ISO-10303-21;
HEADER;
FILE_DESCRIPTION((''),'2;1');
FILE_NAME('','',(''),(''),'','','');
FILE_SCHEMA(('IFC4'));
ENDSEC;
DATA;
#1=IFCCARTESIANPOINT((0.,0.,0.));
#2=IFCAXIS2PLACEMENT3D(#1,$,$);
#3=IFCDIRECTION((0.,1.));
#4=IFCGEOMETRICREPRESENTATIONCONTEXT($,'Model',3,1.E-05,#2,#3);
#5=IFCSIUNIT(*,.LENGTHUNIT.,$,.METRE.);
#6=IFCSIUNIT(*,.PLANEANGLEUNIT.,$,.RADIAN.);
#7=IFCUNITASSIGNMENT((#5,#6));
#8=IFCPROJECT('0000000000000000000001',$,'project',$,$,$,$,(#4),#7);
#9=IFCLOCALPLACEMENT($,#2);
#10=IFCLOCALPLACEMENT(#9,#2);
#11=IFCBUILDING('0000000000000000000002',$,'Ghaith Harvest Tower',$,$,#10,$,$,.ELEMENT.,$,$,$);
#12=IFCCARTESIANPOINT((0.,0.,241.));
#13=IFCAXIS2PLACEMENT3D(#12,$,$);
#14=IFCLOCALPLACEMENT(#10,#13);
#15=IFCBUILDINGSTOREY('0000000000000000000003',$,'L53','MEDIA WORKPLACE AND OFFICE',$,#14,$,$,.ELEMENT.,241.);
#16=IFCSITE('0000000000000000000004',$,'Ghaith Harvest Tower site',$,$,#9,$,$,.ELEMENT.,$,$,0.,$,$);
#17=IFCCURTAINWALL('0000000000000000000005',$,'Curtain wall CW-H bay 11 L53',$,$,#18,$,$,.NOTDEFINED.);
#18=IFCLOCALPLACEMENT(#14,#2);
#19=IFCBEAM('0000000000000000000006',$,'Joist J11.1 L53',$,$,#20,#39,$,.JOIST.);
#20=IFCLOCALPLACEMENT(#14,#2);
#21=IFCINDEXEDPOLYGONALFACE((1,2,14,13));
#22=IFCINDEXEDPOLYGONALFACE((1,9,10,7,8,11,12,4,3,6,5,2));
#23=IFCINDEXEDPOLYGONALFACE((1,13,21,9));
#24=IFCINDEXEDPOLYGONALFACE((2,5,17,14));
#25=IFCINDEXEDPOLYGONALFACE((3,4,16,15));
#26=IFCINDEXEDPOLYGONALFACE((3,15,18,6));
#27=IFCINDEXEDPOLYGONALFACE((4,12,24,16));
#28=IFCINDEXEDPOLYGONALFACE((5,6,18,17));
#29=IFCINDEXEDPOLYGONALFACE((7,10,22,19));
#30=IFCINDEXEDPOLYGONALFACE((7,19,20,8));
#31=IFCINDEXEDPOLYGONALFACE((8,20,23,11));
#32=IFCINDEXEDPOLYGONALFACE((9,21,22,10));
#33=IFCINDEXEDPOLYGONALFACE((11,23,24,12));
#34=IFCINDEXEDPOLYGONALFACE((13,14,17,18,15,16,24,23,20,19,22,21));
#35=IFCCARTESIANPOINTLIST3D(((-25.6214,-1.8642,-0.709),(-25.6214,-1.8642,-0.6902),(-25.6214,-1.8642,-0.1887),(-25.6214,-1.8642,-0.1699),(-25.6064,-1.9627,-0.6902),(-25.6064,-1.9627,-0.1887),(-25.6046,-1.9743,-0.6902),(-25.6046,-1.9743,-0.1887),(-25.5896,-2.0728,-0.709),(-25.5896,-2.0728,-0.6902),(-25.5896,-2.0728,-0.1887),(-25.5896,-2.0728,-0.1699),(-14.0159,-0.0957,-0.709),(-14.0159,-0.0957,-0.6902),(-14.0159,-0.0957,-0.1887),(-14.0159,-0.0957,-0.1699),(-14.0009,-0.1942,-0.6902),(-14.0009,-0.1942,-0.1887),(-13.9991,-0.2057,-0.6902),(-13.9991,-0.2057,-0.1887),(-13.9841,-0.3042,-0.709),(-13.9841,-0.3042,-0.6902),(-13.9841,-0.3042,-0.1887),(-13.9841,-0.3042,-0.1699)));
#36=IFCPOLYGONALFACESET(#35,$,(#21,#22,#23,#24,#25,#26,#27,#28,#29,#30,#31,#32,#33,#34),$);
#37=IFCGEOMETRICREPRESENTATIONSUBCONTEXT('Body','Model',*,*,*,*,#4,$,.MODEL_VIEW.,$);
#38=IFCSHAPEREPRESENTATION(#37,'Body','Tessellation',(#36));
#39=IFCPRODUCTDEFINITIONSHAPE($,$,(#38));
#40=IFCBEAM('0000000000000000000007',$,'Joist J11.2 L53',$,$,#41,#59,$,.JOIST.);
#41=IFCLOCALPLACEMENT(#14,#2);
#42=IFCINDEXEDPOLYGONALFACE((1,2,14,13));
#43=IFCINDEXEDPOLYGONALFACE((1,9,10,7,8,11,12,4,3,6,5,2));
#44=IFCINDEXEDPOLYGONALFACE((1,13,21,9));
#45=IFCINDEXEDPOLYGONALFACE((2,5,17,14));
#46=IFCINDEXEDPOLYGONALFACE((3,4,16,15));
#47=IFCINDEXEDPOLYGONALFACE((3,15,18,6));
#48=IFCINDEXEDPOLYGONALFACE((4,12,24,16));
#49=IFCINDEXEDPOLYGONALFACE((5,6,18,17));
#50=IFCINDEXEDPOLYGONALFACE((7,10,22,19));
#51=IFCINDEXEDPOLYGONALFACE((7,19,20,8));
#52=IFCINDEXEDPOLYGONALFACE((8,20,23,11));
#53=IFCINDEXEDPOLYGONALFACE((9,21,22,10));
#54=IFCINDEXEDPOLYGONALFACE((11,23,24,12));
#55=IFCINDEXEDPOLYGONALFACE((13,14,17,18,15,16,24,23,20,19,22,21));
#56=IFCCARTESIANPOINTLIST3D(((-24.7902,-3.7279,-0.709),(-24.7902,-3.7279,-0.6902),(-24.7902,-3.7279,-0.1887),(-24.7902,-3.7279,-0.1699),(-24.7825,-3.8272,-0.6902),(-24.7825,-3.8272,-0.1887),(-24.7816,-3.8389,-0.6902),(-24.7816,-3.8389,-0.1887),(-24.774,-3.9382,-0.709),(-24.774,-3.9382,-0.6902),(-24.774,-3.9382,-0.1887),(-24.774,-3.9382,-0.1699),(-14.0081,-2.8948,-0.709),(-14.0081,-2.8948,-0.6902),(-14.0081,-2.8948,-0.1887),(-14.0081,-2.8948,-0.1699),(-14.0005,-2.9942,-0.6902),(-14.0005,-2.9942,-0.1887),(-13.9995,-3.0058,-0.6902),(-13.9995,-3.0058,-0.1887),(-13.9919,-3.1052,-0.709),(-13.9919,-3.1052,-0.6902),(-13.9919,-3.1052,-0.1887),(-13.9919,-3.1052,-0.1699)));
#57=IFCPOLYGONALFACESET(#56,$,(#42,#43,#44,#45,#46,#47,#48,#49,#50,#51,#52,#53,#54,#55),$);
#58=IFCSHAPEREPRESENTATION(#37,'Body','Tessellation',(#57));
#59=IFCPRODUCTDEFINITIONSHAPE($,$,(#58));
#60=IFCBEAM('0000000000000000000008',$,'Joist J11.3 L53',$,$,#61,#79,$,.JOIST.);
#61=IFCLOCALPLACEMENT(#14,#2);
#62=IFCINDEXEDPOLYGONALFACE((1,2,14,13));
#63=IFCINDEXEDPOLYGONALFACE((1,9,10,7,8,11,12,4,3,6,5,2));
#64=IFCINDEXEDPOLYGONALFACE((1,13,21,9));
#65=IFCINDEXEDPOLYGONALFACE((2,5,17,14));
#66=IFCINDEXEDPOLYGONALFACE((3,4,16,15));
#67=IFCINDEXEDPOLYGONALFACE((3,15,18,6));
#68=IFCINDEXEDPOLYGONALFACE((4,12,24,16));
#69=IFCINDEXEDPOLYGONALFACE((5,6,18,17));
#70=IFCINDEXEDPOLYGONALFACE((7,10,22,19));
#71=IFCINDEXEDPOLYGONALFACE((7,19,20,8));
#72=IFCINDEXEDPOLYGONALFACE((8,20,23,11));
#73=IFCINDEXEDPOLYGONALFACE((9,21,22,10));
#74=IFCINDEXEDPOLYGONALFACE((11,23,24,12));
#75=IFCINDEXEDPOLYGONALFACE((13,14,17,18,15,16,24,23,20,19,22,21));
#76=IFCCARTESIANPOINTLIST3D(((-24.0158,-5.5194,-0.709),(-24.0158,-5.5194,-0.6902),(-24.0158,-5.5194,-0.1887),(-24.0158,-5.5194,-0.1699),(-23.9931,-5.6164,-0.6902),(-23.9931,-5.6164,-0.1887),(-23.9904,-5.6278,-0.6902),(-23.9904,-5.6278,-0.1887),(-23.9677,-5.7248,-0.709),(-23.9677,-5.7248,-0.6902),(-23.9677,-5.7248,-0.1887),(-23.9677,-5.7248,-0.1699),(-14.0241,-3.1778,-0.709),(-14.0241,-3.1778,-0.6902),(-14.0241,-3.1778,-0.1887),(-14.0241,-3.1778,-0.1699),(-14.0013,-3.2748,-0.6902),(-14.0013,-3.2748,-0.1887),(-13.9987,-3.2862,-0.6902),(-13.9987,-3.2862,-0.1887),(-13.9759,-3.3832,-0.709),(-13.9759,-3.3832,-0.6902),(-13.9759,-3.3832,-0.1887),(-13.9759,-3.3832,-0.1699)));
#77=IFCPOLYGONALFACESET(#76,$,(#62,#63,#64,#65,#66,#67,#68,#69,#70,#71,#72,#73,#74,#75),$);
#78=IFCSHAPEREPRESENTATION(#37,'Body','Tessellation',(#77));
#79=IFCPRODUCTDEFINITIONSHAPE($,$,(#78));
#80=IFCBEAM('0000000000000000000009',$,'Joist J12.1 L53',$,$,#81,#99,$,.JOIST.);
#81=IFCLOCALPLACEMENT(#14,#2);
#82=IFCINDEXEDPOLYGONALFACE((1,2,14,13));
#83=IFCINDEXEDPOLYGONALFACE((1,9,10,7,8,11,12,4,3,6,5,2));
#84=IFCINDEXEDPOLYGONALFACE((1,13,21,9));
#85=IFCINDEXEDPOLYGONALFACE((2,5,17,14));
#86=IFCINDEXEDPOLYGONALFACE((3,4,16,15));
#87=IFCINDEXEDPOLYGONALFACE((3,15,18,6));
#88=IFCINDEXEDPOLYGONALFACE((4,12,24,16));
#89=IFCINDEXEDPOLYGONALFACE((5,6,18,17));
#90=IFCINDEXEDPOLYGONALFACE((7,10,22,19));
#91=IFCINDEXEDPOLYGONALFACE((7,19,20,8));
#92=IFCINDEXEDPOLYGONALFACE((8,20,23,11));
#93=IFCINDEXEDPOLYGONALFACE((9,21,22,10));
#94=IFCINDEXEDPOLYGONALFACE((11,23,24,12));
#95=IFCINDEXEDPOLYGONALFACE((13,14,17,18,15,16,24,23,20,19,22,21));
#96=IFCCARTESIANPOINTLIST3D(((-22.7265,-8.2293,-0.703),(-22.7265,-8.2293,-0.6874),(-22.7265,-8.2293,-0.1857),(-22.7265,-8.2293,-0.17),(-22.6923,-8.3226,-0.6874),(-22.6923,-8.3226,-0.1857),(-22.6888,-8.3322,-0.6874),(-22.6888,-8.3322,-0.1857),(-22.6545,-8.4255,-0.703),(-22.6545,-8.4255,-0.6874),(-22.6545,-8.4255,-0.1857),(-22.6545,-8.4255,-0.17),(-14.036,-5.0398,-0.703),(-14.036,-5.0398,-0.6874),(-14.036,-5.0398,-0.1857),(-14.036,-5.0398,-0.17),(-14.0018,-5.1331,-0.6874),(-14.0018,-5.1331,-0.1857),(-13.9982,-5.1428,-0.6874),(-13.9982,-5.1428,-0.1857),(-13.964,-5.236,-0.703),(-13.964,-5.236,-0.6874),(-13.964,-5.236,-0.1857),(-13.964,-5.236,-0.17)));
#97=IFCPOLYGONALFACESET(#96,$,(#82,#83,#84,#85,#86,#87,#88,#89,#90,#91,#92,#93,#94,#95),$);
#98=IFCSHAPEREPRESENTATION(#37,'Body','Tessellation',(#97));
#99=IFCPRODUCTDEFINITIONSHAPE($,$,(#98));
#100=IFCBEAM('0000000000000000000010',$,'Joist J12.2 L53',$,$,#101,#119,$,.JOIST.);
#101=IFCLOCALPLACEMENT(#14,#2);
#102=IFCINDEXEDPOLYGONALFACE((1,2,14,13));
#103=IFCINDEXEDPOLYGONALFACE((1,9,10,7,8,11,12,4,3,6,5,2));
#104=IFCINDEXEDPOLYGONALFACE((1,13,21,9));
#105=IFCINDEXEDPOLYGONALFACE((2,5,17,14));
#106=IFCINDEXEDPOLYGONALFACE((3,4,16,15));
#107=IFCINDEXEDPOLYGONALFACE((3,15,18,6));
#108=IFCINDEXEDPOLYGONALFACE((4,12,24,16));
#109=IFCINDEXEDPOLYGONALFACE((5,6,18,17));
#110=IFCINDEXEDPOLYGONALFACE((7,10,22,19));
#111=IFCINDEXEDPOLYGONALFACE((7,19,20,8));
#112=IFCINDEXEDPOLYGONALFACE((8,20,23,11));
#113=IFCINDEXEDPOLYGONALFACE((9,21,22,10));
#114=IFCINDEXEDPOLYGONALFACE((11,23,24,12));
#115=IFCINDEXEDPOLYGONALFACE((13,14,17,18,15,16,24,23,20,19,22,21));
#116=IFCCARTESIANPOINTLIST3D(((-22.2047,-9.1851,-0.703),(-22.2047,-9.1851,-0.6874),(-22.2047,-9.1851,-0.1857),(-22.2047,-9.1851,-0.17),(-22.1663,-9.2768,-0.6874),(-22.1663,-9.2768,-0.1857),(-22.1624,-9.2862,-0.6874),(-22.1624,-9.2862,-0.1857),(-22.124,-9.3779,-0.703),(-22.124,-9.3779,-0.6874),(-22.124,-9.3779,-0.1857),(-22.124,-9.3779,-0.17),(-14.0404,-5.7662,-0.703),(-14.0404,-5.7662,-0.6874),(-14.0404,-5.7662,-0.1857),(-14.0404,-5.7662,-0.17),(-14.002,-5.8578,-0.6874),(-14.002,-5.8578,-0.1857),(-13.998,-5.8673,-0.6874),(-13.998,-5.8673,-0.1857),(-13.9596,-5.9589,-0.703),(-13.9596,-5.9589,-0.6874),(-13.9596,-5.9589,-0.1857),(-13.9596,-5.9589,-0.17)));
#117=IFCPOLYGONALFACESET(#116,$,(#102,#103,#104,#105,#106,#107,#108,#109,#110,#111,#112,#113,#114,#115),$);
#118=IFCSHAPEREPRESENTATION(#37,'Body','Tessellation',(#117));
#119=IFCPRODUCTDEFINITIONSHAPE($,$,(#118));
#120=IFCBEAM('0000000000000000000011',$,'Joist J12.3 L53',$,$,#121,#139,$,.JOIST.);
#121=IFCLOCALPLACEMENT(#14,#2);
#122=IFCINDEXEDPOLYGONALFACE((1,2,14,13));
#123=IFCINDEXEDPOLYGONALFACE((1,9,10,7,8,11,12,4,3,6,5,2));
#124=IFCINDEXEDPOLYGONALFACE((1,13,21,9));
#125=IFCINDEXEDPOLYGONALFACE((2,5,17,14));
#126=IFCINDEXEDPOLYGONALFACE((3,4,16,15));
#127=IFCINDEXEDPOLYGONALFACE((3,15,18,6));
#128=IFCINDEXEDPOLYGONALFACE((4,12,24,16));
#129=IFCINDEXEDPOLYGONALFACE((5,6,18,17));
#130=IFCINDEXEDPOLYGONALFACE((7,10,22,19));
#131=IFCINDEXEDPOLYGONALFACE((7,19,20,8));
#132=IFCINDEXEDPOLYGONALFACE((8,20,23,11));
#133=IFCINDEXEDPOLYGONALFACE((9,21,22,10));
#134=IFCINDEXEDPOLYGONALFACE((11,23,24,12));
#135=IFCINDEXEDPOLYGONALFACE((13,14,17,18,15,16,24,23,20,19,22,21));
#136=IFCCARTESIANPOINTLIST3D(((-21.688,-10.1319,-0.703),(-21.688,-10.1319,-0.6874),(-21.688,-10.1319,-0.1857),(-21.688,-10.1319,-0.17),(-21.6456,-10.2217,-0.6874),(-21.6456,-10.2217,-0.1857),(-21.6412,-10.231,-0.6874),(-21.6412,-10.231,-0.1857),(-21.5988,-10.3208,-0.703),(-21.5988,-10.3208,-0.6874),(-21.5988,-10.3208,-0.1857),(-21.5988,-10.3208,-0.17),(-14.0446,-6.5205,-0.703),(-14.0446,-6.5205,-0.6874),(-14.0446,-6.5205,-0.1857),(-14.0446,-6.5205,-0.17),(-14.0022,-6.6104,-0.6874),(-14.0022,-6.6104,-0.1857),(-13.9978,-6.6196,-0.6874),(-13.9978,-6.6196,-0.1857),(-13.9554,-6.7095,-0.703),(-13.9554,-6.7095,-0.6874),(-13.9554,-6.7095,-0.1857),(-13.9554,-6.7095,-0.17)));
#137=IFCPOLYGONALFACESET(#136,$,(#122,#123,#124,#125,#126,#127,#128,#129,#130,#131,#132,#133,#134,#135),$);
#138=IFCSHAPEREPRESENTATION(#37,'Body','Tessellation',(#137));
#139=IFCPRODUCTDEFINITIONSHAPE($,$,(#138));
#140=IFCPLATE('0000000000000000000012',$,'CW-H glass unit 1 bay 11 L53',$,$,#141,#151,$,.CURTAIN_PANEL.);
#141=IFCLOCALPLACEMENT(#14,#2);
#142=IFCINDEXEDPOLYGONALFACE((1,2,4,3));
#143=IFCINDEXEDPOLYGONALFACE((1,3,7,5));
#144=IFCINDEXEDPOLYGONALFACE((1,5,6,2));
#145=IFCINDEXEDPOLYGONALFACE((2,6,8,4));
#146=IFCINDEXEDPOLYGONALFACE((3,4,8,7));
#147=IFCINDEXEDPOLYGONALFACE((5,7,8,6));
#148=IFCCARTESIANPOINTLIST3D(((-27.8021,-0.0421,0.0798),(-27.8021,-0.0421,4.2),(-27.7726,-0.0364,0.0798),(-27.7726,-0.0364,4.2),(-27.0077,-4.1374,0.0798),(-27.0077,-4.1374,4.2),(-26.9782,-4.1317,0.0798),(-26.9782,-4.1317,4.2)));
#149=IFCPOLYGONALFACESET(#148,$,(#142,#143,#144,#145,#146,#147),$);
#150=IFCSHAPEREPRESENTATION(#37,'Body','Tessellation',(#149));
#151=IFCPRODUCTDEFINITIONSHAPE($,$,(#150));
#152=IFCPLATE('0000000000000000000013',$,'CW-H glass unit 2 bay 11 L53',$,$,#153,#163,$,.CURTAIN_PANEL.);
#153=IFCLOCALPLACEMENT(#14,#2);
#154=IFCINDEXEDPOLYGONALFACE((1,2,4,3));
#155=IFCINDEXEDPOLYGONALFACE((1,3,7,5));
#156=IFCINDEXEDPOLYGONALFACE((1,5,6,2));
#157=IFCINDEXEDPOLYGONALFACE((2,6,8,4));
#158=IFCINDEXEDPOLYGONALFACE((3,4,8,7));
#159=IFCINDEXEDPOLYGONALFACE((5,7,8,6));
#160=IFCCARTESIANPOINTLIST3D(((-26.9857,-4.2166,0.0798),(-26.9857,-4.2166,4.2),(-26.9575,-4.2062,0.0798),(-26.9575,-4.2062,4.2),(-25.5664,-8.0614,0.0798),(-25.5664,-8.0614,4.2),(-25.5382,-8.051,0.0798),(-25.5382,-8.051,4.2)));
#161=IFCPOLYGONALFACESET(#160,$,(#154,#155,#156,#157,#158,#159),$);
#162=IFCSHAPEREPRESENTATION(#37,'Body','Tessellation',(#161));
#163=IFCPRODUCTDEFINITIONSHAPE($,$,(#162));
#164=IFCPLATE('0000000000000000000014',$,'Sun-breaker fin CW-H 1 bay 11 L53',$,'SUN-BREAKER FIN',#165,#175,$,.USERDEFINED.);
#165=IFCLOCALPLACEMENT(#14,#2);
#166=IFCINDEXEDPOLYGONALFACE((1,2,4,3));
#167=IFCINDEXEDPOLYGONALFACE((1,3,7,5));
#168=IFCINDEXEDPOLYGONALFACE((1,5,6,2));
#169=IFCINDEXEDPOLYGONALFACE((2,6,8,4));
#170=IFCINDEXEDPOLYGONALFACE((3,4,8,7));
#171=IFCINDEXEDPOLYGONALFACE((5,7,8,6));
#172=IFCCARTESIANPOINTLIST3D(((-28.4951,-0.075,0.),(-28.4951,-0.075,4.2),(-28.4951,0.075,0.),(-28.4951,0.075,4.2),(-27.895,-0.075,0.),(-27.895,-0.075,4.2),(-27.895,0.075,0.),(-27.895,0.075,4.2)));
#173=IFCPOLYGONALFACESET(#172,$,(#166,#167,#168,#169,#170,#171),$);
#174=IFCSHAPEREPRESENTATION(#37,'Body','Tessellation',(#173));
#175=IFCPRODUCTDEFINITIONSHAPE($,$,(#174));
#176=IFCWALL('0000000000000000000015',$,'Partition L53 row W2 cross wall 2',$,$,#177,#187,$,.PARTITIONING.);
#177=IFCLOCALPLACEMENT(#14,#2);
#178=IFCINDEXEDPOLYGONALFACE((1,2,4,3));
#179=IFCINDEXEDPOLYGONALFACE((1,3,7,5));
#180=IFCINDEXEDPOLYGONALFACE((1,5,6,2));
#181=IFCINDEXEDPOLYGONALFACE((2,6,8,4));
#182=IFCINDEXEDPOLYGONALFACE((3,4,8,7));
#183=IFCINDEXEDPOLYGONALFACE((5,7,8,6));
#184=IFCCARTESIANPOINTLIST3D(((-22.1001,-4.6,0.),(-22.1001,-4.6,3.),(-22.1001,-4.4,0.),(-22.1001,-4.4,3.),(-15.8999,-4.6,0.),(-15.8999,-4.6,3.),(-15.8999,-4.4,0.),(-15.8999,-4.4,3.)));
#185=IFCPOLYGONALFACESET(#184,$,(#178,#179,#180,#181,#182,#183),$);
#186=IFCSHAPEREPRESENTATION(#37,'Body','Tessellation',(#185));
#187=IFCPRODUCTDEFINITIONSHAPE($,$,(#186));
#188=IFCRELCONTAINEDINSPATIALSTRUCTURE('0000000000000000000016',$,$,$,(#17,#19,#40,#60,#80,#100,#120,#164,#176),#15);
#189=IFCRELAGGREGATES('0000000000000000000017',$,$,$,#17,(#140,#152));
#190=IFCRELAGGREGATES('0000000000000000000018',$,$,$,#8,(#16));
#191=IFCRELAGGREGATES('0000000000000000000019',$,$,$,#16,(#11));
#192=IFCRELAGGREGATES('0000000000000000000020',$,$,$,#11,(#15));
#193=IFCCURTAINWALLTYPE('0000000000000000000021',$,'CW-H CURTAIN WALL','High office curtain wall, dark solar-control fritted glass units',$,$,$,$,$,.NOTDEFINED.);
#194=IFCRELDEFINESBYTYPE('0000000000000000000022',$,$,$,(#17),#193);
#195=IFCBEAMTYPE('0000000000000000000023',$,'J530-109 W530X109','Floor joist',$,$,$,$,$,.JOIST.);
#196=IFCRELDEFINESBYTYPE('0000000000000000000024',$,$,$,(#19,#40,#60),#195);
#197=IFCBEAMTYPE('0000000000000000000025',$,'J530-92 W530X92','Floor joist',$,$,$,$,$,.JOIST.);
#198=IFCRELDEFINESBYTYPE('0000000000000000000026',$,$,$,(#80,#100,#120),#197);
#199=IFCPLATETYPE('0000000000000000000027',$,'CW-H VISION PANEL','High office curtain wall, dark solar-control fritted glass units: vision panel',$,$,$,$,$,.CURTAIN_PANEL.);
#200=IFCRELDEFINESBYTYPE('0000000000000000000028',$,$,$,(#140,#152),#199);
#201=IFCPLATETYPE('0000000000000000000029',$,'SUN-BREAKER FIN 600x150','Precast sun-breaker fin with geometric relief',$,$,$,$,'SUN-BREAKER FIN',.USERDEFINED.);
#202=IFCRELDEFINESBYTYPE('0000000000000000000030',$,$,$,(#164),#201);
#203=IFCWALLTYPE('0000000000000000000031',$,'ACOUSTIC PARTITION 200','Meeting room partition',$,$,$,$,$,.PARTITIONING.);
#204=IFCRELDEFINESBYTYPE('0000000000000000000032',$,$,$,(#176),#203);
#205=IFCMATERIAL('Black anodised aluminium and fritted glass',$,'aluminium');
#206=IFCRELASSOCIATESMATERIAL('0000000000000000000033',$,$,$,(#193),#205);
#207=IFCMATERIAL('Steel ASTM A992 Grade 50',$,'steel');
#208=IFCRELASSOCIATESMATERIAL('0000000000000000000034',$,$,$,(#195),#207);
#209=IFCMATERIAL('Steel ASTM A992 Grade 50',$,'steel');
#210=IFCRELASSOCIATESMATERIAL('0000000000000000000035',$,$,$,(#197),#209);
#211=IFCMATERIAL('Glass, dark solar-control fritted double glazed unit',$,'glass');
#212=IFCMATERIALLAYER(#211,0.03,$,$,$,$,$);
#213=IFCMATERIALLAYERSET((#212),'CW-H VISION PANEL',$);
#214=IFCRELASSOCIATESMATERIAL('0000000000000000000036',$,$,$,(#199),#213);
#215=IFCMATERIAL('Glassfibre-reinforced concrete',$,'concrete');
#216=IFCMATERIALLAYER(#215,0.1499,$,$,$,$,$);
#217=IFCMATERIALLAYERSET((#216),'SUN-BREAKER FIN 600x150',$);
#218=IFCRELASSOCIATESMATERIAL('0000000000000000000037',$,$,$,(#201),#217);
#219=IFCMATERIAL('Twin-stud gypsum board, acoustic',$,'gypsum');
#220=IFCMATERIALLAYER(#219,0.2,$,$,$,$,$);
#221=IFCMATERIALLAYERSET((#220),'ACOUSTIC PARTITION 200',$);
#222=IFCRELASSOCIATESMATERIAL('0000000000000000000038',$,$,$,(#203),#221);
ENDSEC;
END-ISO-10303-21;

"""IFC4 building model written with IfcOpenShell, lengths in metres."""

from ifc_helpers import new_model, si_unit, direction, frame, frame_2d, origin, origin_2d, place, context, subcontext, project, spatial, rectangle, i_section, extrude, material, layer, layer_set, material_profile, profile_set, type_object, element, aggregate, save


model = new_model("IFC4")

# Units and contexts
model_context = context("Model", 3, precision=1e-05, world=origin(), true_north=direction((0.0, 1.0)))
body_context = subcontext(model_context, "Body", "Model", "MODEL_VIEW")
ifc_project = project(units=[si_unit("LENGTHUNIT", "METRE"), si_unit("PLANEANGLEUNIT", "RADIAN")], contexts=[model_context])

# Site, building, storey
site_placement = place(None, origin())
site = spatial("IfcSite", under=ifc_project, at=site_placement, Name="Ghaith Harvest Tower site", CompositionType="ELEMENT", RefElevation=0.0)
building_placement = place(site_placement, origin())
building = spatial("IfcBuilding", under=site, at=building_placement, Name="Ghaith Harvest Tower", CompositionType="ELEMENT")
storey_placement = place(building_placement, frame((0.0, 0.0, 241.0)))
storey = spatial("IfcBuildingStorey", under=building, at=storey_placement, Name="L53", Description="MEDIA WORKPLACE AND OFFICE", CompositionType="ELEMENT", Elevation=241.0)

# Curtain wall
ifc_material_1 = material(Name="Black anodised aluminium and fritted glass", Category="aluminium")
curtain_wall_type = type_object("IfcCurtainWallType", Name="CW-H CURTAIN WALL", Description="High office curtain wall, dark solar-control fritted glass units", PredefinedType="NOTDEFINED", material=ifc_material_1)
curtain_wall_placement = place(storey_placement, origin())
curtain_wall = element("IfcCurtainWall", 1, at=curtain_wall_placement, inside=storey, type_object=curtain_wall_type, Name="Curtain wall CW-H bay 11 L53", PredefinedType="NOTDEFINED")

# Beams
ifc_material_2 = material(Name="Steel ASTM A992 Grade 50", Category="steel")
ifc_material_profile_1 = material_profile(ifc_material_2, i_section(OverallWidth=0.2109, OverallDepth=0.5391, WebThickness=0.0117, FlangeThickness=0.0188, at=origin_2d()), Name="W530X109")
ifc_profile_set_1 = profile_set([ifc_material_profile_1], Name="Steel ASTM A992 Grade 50")
beam_type_1 = type_object("IfcBeamType", Name="J530-109 W530X109", Description="Floor joist", PredefinedType="JOIST", material=ifc_profile_set_1)
beam_1_placement = place(storey_placement, frame((-14.0, -0.2, -0.4395), z_axis=(-0.988587, -0.150651, 0.0), x_axis=(0.150651, -0.988587, 0.0)))
element("IfcBeam", 2, at=beam_1_placement, inside=storey, type_object=beam_type_1, Name="Joist J11.1 L53", PredefinedType="JOIST", context=body_context, shape_type="SweptSolid", body=[
    extrude(i_section(OverallWidth=0.2109, OverallDepth=0.5391, WebThickness=0.0117, FlangeThickness=0.0188, at=origin_2d()), origin(), (0.0, 0.0, 1.0), 11.7395),
])
beam_2_placement = place(storey_placement, frame((-14.0, -3.0, -0.4395), z_axis=(-0.997029, -0.07703, 0.0), x_axis=(0.07703, -0.997029, 0.0)))
element("IfcBeam", 3, at=beam_2_placement, inside=storey, type_object=beam_type_1, Name="Joist J11.2 L53", PredefinedType="JOIST", context=body_context, shape_type="SweptSolid", body=[
    extrude(i_section(OverallWidth=0.2109, OverallDepth=0.5391, WebThickness=0.0117, FlangeThickness=0.0188, at=origin_2d()), origin(), (0.0, 0.0, 1.0), 10.8142),
])
beam_3_placement = place(storey_placement, frame((-14.0, -3.2805, -0.4395), z_axis=(-0.973622, -0.228168, 0.0), x_axis=(0.228168, -0.973622, 0.0)))
element("IfcBeam", 4, at=beam_3_placement, inside=storey, type_object=beam_type_1, Name="Joist J11.3 L53", PredefinedType="JOIST", context=body_context, shape_type="SweptSolid", body=[
    extrude(i_section(OverallWidth=0.2109, OverallDepth=0.5391, WebThickness=0.0117, FlangeThickness=0.0188, at=origin_2d()), origin(), (0.0, 0.0, 1.0), 10.2625),
])
ifc_material_3 = material(Name="Steel ASTM A992 Grade 50", Category="steel")
ifc_material_profile_2 = material_profile(ifc_material_3, i_section(OverallWidth=0.209, OverallDepth=0.533, WebThickness=0.0103, FlangeThickness=0.0156, at=origin_2d()), Name="W530X92")
ifc_profile_set_2 = profile_set([ifc_material_profile_2], Name="Steel ASTM A992 Grade 50")
beam_type_2 = type_object("IfcBeamType", Name="J530-92 W530X92", Description="Floor joist", PredefinedType="JOIST", material=ifc_profile_set_2)
beam_4_placement = place(storey_placement, frame((-14.0, -5.1379, -0.4365), z_axis=(-0.938773, -0.344537, 0.0), x_axis=(0.344537, -0.938773, 0.0)))
element("IfcBeam", 5, at=beam_4_placement, inside=storey, type_object=beam_type_2, Name="Joist J12.1 L53", PredefinedType="JOIST", context=body_context, shape_type="SweptSolid", body=[
    extrude(i_section(OverallWidth=0.209, OverallDepth=0.533, WebThickness=0.0103, FlangeThickness=0.0156, at=origin_2d()), origin(), (0.0, 0.0, 1.0), 9.2573),
])
beam_5_placement = place(storey_placement, frame((-14.0, -5.8625, -0.4365), z_axis=(-0.922388, -0.386266, 0.0), x_axis=(0.386266, -0.922388, 0.0)))
element("IfcBeam", 6, at=beam_5_placement, inside=storey, type_object=beam_type_2, Name="Joist J12.2 L53", PredefinedType="JOIST", context=body_context, shape_type="SweptSolid", body=[
    extrude(i_section(OverallWidth=0.209, OverallDepth=0.533, WebThickness=0.0103, FlangeThickness=0.0156, at=origin_2d()), origin(), (0.0, 0.0, 1.0), 8.8513),
])
beam_6_placement = place(storey_placement, frame((-14.0, -6.615, -0.4365), z_axis=(-0.904158, -0.427198, 0.0), x_axis=(0.427198, -0.904158, 0.0)))
element("IfcBeam", 7, at=beam_6_placement, inside=storey, type_object=beam_type_2, Name="Joist J12.3 L53", PredefinedType="JOIST", context=body_context, shape_type="SweptSolid", body=[
    extrude(i_section(OverallWidth=0.209, OverallDepth=0.533, WebThickness=0.0103, FlangeThickness=0.0156, at=origin_2d()), origin(), (0.0, 0.0, 1.0), 8.4536),
])

# Plates
ifc_material_4 = material(Name="Glass, dark solar-control fritted double glazed unit", Category="glass")
ifc_layer_1 = layer(ifc_material_4, 0.03)
ifc_layer_set_1 = layer_set([ifc_layer_1], Name="CW-H VISION PANEL")
plate_type_1 = type_object("IfcPlateType", Name="CW-H VISION PANEL", Description="High office curtain wall, dark solar-control fritted glass units: vision panel", PredefinedType="CURTAIN_PANEL", material=ifc_layer_set_1)
plate_1_placement = place(storey_placement, frame((-27.3901, -2.0869, 0.0798), z_axis=(0.0, 0.0, 1.0), x_axis=(0.190427, -0.981701, 0.0)))
plate_1 = element("IfcPlate", 8, at=plate_1_placement, type_object=plate_type_1, Name="CW-H glass unit 1 bay 11 L53", PredefinedType="CURTAIN_PANEL", context=body_context, shape_type="SweptSolid", body=[
    extrude(rectangle(XDim=4.1716, YDim=0.03, at=origin_2d()), origin(), (0.0, 0.0, 1.0), 4.1201),
])
plate_2_placement = place(storey_placement, frame((-26.262, -6.1338, 0.0798), z_axis=(0.0, 0.0, 1.0), x_axis=(0.346303, -0.938123, 0.0)))
plate_2 = element("IfcPlate", 9, at=plate_2_placement, type_object=plate_type_1, Name="CW-H glass unit 2 bay 11 L53", PredefinedType="CURTAIN_PANEL", context=body_context, shape_type="SweptSolid", body=[
    extrude(rectangle(XDim=4.0984, YDim=0.03, at=origin_2d()), origin(), (0.0, 0.0, 1.0), 4.1201),
])
aggregate(curtain_wall, [plate_1, plate_2])
ifc_material_5 = material(Name="Glassfibre-reinforced concrete", Category="concrete")
ifc_layer_2 = layer(ifc_material_5, 0.1499)
ifc_layer_set_2 = layer_set([ifc_layer_2], Name="SUN-BREAKER FIN 600x150")
plate_type_2 = type_object("IfcPlateType", Name="SUN-BREAKER FIN 600x150", Description="Precast sun-breaker fin with geometric relief", ElementType="SUN-BREAKER FIN", PredefinedType="USERDEFINED", material=ifc_layer_set_2)
plate_3_placement = place(storey_placement, frame((-28.1951, 0.0, 0.0), z_axis=(0.0, 0.0, 1.0), x_axis=(-1.0, 0.0, 0.0)))
element("IfcPlate", 10, at=plate_3_placement, inside=storey, type_object=plate_type_2, Name="Sun-breaker fin CW-H 1 bay 11 L53", ObjectType="SUN-BREAKER FIN", PredefinedType="USERDEFINED", context=body_context, shape_type="SweptSolid", body=[
    extrude(rectangle(XDim=0.6001, YDim=0.1499, at=origin_2d()), origin(), (0.0, 0.0, 1.0), 4.2),
])

# Wall
ifc_material_6 = material(Name="Twin-stud gypsum board, acoustic", Category="gypsum")
ifc_layer_3 = layer(ifc_material_6, 0.2)
ifc_layer_set_3 = layer_set([ifc_layer_3], Name="ACOUSTIC PARTITION 200")
wall_type = type_object("IfcWallType", Name="ACOUSTIC PARTITION 200", Description="Meeting room partition", PredefinedType="PARTITIONING", material=ifc_layer_set_3)
for number, where, z_axis, x_axis, name in (
    (11, (-15.8999, -4.5, 0.0), (0.0, 0.0, 1.0), (-1.0, 0.0, 0.0), "Partition L53 row W2 cross wall 2"),
):
    element("IfcWall", number, at=place(storey_placement, frame(where, z_axis=z_axis, x_axis=x_axis)), inside=storey, type_object=wall_type, Name=name, PredefinedType="PARTITIONING", context=body_context, shape_type="SweptSolid", body=[
        extrude(rectangle(XDim=6.2002, YDim=0.2, at=frame_2d((3.1001, 0.0))), origin(), (0.0, 0.0, 1.0), 3.0),
    ])

save(model, "model.ifc")
